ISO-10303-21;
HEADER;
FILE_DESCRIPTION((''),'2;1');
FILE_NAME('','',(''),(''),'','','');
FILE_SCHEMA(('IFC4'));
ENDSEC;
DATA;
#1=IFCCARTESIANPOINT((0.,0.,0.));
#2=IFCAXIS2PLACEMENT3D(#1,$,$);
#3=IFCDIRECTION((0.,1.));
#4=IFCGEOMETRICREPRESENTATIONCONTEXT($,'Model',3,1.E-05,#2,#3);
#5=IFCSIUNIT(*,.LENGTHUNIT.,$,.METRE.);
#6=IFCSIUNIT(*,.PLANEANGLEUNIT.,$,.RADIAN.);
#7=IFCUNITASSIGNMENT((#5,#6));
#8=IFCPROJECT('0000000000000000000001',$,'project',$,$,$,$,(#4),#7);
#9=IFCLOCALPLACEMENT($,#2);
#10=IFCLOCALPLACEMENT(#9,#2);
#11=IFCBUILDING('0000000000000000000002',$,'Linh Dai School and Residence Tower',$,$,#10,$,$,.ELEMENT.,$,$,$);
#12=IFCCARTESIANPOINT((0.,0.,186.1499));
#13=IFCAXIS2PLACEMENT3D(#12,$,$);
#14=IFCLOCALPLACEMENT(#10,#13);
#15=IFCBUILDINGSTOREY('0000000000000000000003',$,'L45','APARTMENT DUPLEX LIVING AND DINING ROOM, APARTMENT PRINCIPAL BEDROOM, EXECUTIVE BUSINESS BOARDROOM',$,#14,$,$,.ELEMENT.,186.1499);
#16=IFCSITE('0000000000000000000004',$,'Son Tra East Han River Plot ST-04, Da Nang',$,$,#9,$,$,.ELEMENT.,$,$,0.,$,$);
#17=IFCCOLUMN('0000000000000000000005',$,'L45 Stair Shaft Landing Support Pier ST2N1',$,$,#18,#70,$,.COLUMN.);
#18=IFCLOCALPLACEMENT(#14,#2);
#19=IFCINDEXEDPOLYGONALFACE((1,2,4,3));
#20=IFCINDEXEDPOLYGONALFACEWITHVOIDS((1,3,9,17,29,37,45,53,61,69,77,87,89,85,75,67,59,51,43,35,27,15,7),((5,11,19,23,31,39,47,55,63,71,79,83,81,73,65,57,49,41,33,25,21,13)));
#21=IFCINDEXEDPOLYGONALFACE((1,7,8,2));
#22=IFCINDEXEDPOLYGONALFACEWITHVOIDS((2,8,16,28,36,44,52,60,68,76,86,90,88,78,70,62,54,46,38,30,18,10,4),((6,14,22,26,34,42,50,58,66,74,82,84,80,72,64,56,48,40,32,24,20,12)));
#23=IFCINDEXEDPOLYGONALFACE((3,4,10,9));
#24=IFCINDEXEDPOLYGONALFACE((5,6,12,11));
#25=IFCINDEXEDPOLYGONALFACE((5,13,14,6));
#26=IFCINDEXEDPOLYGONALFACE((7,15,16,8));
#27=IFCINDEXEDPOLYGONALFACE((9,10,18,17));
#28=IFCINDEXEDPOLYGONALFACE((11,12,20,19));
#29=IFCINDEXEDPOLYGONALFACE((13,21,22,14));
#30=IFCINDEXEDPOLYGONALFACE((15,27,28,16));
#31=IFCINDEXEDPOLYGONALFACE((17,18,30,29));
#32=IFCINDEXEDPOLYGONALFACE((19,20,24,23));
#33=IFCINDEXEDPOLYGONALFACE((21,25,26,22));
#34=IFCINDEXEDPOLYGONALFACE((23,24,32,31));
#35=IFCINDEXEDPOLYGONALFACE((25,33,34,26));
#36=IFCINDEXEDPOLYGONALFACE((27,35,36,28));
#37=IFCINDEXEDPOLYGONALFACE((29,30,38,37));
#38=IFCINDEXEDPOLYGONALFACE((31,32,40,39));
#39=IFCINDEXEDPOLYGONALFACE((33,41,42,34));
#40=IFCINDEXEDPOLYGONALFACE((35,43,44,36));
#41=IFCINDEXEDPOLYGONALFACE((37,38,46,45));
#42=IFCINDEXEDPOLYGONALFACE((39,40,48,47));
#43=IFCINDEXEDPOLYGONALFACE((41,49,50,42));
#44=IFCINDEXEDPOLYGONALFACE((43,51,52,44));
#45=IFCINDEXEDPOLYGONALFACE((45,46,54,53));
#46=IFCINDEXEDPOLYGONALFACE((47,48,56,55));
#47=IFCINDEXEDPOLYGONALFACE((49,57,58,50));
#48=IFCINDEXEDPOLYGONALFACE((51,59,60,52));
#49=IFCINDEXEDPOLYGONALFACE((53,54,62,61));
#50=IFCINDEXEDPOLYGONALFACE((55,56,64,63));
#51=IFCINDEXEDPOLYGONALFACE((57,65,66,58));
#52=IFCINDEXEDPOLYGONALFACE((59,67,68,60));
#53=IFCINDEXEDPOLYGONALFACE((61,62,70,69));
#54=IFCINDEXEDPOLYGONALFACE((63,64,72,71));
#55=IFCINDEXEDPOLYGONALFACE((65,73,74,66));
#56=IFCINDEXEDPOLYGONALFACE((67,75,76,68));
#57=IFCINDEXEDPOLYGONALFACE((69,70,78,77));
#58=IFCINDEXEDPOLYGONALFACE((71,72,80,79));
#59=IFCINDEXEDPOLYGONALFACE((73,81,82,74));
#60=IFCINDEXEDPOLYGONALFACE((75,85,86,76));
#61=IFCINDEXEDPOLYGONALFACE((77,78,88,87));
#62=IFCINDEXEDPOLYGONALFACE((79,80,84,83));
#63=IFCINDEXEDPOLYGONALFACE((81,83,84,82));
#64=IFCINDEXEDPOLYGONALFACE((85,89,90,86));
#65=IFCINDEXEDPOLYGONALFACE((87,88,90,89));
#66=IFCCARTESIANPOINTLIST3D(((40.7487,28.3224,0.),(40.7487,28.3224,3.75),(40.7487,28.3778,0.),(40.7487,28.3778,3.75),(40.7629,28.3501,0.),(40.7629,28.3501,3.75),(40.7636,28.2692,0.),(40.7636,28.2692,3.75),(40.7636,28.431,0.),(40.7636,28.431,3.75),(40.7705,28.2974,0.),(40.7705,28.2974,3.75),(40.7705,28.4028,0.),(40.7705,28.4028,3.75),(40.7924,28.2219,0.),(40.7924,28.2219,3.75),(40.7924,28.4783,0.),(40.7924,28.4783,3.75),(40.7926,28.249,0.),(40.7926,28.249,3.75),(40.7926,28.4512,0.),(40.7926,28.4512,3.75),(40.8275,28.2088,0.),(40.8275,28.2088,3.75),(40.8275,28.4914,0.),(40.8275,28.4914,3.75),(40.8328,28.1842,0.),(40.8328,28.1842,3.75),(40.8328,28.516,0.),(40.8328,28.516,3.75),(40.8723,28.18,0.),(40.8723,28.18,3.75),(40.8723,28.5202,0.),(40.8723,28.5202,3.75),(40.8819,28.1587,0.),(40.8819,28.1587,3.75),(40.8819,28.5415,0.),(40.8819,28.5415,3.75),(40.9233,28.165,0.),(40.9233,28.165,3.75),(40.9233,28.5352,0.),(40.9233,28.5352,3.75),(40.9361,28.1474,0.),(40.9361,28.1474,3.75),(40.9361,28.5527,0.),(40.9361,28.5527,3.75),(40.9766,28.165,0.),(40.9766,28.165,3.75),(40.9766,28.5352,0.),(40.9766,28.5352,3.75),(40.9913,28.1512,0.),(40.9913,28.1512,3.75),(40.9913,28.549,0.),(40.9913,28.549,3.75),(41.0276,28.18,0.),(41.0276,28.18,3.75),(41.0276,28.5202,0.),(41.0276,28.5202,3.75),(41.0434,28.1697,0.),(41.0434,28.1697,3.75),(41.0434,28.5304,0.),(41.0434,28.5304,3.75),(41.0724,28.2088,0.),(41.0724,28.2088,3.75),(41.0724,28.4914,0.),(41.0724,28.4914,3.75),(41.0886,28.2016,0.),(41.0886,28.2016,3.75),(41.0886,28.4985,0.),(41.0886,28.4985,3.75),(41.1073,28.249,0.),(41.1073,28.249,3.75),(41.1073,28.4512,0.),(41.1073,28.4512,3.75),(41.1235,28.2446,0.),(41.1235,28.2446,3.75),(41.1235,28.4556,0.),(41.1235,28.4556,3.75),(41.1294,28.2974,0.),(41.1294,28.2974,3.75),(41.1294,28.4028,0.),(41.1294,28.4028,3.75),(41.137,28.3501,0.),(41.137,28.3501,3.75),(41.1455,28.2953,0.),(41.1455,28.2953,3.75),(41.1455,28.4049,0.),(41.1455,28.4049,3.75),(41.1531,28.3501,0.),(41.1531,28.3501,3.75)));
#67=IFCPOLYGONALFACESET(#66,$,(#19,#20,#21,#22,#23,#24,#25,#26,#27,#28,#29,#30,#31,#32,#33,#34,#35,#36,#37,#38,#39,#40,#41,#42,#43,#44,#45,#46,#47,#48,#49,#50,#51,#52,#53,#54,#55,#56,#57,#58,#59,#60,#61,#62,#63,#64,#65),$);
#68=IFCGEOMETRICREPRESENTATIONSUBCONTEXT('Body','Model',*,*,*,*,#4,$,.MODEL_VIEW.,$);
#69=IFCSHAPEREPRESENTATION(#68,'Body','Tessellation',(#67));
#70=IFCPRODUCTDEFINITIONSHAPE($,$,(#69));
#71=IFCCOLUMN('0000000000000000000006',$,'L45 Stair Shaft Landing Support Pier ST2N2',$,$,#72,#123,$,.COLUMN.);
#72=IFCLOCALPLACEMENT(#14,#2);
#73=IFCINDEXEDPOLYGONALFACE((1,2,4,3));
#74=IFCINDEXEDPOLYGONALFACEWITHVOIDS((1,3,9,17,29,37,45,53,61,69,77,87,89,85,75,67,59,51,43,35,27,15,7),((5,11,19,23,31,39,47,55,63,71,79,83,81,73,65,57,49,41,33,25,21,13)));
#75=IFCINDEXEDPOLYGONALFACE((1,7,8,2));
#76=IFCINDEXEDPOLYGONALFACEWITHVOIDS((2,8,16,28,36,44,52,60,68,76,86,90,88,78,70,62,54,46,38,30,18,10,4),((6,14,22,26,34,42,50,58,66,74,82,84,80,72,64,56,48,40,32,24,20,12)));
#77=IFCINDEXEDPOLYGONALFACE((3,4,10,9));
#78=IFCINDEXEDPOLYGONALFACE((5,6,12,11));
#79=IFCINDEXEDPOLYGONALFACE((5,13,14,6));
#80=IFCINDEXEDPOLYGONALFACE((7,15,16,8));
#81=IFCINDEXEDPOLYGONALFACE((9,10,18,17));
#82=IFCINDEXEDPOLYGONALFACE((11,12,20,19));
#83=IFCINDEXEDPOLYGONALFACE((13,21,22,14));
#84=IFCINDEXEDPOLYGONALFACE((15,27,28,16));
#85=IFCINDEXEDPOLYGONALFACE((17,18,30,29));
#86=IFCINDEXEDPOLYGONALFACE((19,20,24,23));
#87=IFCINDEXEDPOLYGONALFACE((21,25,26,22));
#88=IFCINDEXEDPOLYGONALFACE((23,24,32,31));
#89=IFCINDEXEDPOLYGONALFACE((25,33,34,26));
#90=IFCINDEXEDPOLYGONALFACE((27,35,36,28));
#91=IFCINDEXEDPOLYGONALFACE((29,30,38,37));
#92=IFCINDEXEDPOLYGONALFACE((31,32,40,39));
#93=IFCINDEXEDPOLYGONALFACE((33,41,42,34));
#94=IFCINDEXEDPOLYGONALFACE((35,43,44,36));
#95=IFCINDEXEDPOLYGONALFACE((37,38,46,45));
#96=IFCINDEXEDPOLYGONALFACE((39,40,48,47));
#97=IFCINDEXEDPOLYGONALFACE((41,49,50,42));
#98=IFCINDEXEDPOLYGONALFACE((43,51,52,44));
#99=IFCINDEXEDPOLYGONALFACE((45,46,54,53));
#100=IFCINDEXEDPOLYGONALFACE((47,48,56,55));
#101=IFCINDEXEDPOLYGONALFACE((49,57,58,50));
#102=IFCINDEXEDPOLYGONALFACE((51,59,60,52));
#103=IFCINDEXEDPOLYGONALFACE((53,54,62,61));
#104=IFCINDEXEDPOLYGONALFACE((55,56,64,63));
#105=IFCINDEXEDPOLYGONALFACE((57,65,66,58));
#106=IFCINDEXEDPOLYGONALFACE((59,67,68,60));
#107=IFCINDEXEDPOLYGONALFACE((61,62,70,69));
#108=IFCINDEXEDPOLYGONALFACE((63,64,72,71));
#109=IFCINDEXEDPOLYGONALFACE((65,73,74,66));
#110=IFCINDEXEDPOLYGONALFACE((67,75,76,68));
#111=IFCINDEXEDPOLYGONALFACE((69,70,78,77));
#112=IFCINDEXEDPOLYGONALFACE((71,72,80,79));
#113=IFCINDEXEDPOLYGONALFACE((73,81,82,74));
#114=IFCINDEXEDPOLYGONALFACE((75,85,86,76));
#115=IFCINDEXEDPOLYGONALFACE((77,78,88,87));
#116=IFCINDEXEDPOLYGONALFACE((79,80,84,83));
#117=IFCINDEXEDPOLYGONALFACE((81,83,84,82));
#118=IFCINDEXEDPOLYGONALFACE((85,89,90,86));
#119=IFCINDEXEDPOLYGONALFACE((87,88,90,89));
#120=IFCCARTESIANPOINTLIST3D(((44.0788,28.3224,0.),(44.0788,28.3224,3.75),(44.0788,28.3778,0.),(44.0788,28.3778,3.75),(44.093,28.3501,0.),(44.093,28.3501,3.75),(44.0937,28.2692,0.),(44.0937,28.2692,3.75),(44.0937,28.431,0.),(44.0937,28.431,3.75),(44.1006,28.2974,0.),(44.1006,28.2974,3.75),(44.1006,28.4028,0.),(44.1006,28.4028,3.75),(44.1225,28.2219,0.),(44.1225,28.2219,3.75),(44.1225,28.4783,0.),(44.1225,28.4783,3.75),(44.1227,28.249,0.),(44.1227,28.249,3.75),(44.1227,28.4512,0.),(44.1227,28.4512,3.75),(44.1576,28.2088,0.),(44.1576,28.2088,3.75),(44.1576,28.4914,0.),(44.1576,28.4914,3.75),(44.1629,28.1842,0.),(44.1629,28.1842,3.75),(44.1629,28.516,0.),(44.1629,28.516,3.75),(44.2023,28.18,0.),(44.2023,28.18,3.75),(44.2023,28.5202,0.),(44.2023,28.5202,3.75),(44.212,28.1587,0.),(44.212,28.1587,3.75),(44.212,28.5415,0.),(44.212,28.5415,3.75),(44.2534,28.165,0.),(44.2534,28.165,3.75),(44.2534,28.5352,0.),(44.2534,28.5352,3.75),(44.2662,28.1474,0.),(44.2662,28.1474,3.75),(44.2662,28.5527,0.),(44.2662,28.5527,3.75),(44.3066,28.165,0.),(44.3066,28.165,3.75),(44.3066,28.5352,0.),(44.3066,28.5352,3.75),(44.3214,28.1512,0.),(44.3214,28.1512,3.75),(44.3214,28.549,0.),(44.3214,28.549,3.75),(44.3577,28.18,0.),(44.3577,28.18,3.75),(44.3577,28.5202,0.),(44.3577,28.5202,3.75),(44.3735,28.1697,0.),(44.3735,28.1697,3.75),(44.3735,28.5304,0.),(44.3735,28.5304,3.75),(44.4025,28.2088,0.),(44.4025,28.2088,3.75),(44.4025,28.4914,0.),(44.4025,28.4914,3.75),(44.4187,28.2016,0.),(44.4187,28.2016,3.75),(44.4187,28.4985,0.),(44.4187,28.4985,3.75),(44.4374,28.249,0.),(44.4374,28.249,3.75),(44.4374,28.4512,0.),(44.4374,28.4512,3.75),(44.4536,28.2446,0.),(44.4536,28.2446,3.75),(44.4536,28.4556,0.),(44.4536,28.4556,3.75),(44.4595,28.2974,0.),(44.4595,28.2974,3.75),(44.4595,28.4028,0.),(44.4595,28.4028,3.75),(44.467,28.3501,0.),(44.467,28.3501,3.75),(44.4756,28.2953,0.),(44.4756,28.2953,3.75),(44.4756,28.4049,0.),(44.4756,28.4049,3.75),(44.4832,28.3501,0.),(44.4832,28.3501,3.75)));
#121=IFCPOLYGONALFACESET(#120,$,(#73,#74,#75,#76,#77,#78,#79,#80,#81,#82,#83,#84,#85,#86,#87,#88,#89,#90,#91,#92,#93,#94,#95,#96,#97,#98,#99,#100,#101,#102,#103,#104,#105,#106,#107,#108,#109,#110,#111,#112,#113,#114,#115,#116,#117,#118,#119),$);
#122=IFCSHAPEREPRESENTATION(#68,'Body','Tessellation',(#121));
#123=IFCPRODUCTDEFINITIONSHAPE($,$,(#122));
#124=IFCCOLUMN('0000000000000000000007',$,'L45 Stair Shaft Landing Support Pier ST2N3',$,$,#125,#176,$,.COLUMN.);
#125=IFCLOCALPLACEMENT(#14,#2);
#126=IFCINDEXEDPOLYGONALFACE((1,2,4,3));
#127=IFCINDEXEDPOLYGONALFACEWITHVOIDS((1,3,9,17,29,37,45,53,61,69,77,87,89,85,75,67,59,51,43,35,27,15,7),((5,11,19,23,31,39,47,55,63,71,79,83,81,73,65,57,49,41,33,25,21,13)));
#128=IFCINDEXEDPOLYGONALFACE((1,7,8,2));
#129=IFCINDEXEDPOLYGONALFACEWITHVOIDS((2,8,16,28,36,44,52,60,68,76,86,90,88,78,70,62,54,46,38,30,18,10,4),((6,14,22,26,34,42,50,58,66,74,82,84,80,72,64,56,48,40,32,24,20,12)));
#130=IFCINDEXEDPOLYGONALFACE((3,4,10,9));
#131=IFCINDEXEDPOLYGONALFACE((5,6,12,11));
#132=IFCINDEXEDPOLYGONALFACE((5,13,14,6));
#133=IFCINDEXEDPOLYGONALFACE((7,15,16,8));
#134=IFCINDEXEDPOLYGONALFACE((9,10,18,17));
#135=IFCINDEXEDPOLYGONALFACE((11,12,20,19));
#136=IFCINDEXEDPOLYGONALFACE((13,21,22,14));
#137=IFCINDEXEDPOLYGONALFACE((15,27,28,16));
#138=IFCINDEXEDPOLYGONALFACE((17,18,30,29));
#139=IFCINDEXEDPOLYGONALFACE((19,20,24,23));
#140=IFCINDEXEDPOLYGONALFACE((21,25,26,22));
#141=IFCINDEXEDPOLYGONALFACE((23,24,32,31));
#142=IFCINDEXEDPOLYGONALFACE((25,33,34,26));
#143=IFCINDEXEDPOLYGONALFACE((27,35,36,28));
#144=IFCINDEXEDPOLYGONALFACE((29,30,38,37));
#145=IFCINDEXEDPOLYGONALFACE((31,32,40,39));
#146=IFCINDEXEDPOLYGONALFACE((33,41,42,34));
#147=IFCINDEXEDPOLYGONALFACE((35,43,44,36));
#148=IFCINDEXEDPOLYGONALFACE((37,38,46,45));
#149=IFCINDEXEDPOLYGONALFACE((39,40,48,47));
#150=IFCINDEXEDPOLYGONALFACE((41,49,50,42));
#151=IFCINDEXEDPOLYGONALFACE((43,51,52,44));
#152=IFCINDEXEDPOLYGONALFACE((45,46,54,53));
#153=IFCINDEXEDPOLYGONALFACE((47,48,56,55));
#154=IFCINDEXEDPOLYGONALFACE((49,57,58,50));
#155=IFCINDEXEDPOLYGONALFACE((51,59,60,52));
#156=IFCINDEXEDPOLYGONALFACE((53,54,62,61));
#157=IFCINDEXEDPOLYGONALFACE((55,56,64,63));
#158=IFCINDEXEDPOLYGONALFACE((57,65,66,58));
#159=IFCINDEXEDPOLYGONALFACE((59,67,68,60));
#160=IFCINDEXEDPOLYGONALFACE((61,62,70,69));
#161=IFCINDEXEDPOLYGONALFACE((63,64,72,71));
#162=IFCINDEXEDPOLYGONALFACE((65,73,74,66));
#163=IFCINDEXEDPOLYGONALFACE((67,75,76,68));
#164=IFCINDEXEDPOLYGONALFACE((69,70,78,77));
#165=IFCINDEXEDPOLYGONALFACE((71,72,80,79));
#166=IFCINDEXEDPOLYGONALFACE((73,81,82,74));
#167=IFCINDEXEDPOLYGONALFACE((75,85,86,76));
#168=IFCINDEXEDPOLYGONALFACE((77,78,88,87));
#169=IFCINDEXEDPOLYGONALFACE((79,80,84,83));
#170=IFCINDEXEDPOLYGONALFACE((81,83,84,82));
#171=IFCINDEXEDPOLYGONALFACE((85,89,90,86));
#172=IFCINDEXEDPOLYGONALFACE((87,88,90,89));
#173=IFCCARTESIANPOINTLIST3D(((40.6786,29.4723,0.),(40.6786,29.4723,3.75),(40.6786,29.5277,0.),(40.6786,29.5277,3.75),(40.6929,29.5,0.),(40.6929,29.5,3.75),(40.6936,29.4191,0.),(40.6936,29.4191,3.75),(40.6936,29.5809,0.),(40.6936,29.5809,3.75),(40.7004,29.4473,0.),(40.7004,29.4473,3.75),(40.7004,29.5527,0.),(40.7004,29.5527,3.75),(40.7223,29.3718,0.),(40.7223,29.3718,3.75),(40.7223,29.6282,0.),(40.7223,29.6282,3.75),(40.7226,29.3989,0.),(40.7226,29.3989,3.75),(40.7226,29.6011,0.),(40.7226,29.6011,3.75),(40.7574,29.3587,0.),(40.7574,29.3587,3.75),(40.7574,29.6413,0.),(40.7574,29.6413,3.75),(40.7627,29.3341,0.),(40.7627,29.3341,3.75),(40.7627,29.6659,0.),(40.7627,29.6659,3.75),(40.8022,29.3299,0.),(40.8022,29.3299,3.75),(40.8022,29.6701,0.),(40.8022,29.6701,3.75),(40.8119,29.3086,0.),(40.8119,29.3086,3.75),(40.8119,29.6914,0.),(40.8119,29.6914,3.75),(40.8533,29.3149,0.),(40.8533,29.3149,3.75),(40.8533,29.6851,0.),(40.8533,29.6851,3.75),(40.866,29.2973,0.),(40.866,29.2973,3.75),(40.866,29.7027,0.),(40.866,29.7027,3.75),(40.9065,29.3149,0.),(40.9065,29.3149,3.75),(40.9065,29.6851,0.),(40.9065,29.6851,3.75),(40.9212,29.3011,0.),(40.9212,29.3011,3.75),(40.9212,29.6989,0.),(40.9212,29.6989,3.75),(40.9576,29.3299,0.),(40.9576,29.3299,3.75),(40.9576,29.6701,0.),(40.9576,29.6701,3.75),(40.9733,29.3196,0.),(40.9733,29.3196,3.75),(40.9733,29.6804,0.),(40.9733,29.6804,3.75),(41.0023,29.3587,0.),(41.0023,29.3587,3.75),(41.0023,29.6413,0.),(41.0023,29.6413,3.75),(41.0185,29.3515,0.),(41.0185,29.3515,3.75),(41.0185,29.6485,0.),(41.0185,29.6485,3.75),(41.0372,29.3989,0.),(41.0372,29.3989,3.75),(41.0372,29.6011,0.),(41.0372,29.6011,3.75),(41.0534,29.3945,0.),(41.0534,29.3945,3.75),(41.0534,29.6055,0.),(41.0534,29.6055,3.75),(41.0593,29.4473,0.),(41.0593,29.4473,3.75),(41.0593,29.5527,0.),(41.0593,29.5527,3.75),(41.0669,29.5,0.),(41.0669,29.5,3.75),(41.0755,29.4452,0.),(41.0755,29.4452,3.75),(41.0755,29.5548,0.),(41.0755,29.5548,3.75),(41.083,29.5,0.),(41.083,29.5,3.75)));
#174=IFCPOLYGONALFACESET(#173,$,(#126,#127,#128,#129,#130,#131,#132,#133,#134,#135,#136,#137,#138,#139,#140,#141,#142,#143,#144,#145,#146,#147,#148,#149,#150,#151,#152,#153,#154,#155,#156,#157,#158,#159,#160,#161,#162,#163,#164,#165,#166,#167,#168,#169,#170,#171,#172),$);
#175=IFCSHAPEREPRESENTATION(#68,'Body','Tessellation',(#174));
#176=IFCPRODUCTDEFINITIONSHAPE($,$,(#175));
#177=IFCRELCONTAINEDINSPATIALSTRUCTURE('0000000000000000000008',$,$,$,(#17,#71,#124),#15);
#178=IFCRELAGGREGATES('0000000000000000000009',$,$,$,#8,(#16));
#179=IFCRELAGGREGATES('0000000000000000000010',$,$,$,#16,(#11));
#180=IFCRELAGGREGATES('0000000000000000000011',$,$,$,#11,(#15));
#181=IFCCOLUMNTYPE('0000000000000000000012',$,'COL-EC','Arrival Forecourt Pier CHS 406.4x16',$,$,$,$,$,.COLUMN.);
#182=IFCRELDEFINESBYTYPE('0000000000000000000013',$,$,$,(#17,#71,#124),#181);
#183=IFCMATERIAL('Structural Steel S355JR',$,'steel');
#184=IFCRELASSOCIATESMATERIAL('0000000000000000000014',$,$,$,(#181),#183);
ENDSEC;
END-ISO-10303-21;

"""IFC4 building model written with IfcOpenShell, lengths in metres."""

from ifc_helpers import new_model, si_unit, direction, frame, origin, origin_2d, place, context, subcontext, project, spatial, hollow_circle, extrude, material, material_profile, profile_set, type_object, element, save


model = new_model("IFC4")

# Units and contexts
model_context = context("Model", 3, precision=1e-05, world=origin(), true_north=direction((0.0, 1.0)))
body_context = subcontext(model_context, "Body", "Model", "MODEL_VIEW")
ifc_project = project(units=[si_unit("LENGTHUNIT", "METRE"), si_unit("PLANEANGLEUNIT", "RADIAN")], contexts=[model_context])

# Site, building, storey
site_placement = place(None, origin())
site = spatial("IfcSite", under=ifc_project, at=site_placement, Name="Son Tra East Han River Plot ST-04, Da Nang", CompositionType="ELEMENT", RefElevation=0.0)
building_placement = place(site_placement, origin())
building = spatial("IfcBuilding", under=site, at=building_placement, Name="Linh Dai School and Residence Tower", CompositionType="ELEMENT")
storey_placement = place(building_placement, frame((0.0, 0.0, 186.1499)))
storey = spatial("IfcBuildingStorey", under=building, at=storey_placement, Name="L45", Description="APARTMENT DUPLEX LIVING AND DINING ROOM, APARTMENT PRINCIPAL BEDROOM, EXECUTIVE BUSINESS BOARDROOM", CompositionType="ELEMENT", Elevation=186.1499)

# Columns
ifc_material_1 = material(Name="Structural Steel S355JR", Category="steel")
ifc_material_profile_1 = material_profile(ifc_material_1, hollow_circle(Radius=0.2031, WallThickness=0.0161, at=origin_2d()), Name="CHS 406.4x16")
ifc_profile_set_1 = profile_set([ifc_material_profile_1], Name="Structural Steel S355JR")
column_type_1 = type_object("IfcColumnType", Name="COL-EC", Description="Arrival Forecourt Pier CHS 406.4x16", PredefinedType="COLUMN", material=ifc_profile_set_1)
for number, where, z_axis, x_axis, name in (
    (1, (40.95, 28.3501, 0.0), (0.0, 0.0, 1.0), (1.0, 0.0, 0.0), "L45 Stair Shaft Landing Support Pier ST2N1"),
    (2, (44.28, 28.3501, 0.0), (0.0, 0.0, 1.0), (1.0, 0.0, 0.0), "L45 Stair Shaft Landing Support Pier ST2N2"),
    (3, (40.8799, 29.5, 0.0), (0.0, 0.0, 1.0), (1.0, 0.0, 0.0), "L45 Stair Shaft Landing Support Pier ST2N3"),
):
    element("IfcColumn", number, at=place(storey_placement, frame(where, z_axis=z_axis, x_axis=x_axis)), inside=storey, type_object=column_type_1, Name=name, PredefinedType="COLUMN", context=body_context, shape_type="SweptSolid", body=[
        extrude(hollow_circle(Radius=0.2031, WallThickness=0.0161, at=origin_2d()), origin(), (0.0, 0.0, 1.0), 3.75),
    ])

save(model, "model.ifc")
